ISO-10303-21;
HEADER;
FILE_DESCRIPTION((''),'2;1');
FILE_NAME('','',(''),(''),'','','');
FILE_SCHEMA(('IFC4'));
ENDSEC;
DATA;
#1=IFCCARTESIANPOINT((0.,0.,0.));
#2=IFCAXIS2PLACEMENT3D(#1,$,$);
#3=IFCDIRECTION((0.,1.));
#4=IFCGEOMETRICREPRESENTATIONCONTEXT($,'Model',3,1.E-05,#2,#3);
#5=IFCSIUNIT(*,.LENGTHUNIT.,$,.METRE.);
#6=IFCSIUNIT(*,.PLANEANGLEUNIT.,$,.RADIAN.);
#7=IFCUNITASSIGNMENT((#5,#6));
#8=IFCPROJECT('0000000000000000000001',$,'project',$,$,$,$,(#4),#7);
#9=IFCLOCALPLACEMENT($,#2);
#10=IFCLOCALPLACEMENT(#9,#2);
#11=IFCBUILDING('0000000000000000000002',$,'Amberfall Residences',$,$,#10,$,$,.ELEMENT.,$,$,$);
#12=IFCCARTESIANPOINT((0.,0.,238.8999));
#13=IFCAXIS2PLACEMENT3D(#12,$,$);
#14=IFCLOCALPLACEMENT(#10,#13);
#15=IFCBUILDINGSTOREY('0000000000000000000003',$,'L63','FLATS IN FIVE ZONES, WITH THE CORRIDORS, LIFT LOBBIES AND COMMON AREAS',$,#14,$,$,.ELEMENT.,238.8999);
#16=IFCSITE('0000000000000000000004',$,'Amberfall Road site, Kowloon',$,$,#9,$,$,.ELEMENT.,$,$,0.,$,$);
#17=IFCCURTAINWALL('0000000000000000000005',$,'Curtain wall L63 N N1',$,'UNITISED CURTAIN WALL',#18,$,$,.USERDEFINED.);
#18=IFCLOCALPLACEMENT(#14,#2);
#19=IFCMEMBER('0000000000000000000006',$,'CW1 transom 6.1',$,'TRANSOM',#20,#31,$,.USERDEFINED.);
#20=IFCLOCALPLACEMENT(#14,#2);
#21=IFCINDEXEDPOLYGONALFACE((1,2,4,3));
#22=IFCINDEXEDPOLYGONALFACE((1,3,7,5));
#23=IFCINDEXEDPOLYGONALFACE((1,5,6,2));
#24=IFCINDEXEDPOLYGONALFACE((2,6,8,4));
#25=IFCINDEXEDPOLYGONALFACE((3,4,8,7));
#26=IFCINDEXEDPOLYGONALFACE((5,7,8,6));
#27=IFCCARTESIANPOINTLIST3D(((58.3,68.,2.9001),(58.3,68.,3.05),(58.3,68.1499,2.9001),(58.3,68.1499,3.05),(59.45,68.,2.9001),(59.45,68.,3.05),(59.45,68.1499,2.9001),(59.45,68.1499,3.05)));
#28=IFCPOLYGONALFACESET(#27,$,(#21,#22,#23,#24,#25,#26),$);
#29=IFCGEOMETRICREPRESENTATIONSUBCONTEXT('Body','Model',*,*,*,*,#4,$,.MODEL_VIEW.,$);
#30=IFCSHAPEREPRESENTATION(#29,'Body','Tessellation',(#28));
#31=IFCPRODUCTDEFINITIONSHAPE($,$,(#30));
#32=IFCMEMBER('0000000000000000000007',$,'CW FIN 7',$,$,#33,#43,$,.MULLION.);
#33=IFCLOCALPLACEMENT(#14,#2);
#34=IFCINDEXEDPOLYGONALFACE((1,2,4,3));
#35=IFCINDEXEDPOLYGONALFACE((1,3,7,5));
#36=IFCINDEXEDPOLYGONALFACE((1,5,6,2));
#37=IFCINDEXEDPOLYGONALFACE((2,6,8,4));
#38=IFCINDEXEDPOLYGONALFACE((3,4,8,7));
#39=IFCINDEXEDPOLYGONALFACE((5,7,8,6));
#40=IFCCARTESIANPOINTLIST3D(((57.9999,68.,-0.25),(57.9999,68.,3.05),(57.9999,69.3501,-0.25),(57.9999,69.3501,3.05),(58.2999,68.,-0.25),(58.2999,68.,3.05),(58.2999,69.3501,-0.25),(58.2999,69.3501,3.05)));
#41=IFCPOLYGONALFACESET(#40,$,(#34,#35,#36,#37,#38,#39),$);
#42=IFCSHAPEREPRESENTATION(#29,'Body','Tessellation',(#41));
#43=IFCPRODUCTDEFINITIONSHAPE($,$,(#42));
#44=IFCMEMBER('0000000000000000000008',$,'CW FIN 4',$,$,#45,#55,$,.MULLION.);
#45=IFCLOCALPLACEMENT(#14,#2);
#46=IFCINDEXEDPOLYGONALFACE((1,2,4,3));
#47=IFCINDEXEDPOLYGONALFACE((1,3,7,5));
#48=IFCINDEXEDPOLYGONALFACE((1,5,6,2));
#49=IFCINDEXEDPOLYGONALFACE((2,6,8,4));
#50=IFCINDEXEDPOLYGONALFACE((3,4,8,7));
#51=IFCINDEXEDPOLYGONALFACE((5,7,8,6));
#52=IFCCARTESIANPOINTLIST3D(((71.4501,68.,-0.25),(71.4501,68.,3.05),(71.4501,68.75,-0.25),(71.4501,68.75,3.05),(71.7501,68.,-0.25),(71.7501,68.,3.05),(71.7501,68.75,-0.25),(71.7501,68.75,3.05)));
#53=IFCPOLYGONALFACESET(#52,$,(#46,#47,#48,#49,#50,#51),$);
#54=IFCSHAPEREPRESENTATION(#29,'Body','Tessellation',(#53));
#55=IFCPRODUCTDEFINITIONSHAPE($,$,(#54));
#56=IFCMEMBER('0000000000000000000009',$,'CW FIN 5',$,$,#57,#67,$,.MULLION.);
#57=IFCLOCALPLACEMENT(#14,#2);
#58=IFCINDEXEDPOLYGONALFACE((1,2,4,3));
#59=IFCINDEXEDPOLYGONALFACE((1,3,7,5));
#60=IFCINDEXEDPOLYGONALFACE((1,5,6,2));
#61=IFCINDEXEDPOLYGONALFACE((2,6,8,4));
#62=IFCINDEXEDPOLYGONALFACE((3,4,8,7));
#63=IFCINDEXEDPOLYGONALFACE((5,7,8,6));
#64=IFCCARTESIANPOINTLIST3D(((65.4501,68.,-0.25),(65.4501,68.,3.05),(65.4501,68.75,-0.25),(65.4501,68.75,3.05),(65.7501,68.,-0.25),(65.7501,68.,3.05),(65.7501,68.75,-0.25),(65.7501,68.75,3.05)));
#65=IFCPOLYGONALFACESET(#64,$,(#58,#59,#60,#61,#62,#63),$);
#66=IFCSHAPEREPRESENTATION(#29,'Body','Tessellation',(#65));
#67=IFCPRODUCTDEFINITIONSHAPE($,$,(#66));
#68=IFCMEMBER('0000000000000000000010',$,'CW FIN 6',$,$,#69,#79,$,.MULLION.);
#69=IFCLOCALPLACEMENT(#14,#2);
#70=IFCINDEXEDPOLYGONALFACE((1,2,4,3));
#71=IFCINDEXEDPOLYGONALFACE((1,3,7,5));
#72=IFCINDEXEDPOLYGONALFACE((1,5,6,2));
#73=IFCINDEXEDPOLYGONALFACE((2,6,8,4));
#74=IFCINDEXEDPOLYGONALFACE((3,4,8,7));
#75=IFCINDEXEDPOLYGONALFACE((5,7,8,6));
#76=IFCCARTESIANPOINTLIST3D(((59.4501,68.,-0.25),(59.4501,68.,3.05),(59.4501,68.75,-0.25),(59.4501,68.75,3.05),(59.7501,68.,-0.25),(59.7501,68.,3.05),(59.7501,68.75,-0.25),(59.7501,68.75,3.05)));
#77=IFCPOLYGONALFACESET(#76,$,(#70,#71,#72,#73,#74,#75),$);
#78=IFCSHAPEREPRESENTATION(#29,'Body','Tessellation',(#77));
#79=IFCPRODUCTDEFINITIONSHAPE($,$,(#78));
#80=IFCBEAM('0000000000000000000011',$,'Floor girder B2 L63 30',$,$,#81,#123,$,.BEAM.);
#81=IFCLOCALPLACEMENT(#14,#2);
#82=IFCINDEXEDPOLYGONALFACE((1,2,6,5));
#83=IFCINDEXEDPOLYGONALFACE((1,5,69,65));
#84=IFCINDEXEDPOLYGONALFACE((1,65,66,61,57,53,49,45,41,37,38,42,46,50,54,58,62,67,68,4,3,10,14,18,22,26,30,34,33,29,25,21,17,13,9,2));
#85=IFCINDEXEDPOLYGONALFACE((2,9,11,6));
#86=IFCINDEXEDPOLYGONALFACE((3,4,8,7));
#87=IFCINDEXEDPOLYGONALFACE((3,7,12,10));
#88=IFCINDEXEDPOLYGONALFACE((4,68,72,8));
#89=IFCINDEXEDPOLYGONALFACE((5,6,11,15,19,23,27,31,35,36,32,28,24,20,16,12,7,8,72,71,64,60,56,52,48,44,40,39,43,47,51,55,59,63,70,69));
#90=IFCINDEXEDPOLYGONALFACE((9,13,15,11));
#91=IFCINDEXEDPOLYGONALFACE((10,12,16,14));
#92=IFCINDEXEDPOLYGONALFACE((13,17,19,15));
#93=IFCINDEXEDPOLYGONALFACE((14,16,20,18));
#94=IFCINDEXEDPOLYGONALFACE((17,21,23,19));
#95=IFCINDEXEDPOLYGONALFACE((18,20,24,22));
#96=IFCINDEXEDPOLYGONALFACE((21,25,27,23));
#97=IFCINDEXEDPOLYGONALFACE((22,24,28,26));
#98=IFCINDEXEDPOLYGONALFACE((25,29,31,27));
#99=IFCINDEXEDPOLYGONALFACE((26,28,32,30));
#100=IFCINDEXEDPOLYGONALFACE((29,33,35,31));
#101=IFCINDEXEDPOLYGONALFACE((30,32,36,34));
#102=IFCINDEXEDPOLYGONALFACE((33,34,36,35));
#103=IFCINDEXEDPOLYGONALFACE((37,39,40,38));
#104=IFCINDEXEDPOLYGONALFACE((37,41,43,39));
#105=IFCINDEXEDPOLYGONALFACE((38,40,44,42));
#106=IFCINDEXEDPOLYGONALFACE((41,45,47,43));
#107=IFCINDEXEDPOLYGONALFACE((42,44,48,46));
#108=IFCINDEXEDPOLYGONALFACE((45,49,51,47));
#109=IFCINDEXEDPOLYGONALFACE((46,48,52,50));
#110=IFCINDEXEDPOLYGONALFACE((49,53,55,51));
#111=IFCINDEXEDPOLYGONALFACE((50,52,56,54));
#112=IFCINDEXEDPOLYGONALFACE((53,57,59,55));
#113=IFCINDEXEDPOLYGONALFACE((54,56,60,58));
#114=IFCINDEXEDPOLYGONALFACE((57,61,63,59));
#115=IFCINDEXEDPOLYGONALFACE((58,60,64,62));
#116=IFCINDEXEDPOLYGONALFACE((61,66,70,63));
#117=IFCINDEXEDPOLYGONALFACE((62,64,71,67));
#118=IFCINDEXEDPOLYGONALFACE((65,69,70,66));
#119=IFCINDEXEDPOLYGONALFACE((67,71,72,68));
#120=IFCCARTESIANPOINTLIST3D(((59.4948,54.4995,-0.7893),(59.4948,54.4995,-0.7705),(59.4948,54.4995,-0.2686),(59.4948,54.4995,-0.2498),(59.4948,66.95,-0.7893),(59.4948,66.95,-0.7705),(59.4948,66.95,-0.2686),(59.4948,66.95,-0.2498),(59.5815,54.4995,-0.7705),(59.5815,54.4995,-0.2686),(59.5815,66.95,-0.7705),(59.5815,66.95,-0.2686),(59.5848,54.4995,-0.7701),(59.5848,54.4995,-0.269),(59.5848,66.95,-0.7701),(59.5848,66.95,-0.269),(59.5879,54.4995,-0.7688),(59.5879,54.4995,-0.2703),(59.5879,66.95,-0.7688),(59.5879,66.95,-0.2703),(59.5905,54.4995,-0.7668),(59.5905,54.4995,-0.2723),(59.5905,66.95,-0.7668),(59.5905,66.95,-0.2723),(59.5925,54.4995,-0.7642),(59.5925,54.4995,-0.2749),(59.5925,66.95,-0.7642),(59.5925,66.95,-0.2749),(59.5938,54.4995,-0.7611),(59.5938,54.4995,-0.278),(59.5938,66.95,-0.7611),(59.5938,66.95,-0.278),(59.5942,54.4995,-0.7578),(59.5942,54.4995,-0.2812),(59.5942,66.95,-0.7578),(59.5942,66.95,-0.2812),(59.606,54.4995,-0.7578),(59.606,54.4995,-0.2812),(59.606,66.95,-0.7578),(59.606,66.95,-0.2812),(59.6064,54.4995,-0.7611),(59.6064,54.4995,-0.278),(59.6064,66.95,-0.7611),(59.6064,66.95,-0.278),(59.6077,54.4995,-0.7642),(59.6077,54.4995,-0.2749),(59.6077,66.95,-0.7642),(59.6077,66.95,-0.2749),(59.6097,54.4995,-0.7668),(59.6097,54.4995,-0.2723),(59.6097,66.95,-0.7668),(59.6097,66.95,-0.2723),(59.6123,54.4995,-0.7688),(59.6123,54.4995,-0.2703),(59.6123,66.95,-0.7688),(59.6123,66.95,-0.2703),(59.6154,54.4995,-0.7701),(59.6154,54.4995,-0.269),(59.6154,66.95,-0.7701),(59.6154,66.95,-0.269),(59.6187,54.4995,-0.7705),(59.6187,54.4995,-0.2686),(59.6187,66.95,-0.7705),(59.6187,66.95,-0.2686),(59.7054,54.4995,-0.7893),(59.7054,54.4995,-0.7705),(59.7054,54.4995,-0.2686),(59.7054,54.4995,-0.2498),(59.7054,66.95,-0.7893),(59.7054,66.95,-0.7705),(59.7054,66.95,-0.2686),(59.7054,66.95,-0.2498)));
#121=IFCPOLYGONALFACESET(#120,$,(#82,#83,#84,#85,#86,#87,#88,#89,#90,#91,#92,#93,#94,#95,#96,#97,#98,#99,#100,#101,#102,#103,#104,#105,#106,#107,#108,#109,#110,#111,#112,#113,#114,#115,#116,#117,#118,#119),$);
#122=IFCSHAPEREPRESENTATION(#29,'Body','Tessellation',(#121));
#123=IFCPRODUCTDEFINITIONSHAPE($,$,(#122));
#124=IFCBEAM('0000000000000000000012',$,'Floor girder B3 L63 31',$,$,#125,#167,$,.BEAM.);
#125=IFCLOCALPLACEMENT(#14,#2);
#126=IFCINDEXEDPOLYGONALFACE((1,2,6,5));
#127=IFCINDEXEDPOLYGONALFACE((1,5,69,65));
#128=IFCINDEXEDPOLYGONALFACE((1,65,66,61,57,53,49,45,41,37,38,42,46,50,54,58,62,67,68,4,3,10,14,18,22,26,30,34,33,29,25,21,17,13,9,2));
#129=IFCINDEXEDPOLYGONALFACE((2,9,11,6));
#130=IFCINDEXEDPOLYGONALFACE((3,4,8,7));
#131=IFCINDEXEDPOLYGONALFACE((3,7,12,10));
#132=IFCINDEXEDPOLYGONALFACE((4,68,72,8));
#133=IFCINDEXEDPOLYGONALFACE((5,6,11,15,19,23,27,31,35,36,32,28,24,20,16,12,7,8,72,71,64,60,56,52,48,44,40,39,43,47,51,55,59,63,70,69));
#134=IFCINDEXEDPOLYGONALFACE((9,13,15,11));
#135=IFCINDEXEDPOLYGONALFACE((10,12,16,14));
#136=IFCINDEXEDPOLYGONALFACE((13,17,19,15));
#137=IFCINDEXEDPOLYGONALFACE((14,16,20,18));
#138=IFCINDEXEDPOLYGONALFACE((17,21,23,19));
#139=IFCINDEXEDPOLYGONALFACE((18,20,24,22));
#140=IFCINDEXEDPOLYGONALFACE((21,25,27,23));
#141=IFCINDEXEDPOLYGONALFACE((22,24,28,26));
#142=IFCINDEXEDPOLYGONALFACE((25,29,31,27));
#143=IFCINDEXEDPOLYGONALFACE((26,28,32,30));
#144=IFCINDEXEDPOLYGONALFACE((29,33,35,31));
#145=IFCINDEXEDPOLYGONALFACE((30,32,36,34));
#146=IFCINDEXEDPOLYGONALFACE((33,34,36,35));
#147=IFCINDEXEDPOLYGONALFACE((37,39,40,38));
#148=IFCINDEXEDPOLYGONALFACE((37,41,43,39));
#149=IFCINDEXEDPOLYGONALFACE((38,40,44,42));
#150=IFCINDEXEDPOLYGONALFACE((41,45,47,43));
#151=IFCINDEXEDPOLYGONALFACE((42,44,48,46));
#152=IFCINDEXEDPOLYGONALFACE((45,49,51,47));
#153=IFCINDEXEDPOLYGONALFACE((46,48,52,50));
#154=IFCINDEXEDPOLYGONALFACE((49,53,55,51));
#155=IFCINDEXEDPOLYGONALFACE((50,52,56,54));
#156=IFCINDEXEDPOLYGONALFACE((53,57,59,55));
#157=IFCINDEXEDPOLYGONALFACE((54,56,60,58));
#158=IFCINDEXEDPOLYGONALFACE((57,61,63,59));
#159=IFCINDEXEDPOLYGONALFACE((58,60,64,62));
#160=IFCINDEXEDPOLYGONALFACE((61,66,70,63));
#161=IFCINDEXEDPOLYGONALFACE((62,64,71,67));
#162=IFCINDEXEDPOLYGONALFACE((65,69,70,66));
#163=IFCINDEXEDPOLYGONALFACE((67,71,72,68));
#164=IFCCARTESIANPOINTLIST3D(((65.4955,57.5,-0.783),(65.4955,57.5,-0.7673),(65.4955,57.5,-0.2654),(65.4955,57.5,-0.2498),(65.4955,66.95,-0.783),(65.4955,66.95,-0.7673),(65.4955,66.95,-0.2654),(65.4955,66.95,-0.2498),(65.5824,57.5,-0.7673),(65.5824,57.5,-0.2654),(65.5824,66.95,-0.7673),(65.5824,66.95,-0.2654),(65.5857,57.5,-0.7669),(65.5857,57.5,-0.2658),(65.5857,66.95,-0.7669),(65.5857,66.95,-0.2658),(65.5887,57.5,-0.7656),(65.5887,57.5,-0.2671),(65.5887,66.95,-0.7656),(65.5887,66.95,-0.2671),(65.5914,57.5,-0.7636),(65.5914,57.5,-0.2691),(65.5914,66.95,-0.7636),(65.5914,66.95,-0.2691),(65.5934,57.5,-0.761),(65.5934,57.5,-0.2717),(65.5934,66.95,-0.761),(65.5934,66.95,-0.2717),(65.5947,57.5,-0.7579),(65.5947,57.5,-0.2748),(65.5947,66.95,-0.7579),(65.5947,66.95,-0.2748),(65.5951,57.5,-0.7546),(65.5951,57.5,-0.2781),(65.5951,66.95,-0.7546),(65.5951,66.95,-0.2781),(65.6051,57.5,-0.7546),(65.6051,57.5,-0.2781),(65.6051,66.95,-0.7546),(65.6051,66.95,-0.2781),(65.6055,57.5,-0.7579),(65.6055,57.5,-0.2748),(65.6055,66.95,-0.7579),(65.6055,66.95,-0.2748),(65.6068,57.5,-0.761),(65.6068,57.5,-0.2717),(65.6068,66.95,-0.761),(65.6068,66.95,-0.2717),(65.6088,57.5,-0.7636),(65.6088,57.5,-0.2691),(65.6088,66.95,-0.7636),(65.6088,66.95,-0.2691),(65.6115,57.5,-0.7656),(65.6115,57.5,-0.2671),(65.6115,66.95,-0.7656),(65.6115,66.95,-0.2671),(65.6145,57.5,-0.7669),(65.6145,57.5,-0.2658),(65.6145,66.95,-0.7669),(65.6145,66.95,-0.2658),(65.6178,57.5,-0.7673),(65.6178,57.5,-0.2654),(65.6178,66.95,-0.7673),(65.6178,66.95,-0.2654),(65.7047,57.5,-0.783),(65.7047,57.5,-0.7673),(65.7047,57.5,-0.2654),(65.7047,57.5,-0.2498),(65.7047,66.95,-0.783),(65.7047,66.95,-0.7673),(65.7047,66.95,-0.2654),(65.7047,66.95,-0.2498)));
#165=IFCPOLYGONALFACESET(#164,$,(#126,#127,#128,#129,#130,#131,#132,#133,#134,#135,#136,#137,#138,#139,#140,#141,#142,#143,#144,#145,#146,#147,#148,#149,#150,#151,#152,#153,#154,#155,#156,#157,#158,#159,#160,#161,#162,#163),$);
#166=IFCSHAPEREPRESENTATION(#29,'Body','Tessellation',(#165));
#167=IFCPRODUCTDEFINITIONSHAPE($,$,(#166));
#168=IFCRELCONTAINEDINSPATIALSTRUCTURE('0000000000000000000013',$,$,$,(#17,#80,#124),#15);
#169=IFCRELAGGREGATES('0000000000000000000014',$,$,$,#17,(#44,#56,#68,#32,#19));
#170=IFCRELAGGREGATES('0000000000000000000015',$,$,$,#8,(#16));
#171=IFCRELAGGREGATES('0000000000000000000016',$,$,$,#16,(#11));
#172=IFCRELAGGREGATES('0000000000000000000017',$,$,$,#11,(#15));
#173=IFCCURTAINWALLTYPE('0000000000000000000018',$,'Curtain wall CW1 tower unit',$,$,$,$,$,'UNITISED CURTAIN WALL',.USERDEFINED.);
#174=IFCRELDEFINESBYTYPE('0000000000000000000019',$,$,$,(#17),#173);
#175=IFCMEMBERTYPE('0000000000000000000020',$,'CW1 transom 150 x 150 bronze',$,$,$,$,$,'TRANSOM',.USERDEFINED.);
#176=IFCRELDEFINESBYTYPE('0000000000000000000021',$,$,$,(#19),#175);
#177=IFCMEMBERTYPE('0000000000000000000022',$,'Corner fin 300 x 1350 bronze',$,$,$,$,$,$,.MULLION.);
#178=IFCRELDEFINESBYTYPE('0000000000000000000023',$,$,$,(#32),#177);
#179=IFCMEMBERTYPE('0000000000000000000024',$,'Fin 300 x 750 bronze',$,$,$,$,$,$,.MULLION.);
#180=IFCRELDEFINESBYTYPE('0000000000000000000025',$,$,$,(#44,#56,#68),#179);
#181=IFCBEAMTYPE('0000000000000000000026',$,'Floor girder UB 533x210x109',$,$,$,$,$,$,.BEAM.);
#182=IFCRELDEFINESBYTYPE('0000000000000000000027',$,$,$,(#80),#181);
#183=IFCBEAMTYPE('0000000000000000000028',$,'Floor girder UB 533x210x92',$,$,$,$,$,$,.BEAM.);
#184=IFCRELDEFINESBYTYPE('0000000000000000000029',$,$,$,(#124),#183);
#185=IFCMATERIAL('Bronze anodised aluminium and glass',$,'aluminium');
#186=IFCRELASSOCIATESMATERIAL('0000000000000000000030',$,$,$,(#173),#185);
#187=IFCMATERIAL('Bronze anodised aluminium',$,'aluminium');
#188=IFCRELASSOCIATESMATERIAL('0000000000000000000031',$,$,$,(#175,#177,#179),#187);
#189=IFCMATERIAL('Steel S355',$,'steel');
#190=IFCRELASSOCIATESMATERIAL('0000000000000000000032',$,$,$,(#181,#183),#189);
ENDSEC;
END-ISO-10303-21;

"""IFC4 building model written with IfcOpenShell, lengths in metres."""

from ifc_helpers import new_model, si_unit, direction, frame, origin, origin_2d, place, context, subcontext, project, spatial, rectangle, i_section, extrude, material, material_profile, profile_set, type_object, element, aggregate, save


model = new_model("IFC4")

# Units and contexts
model_context = context("Model", 3, precision=1e-05, world=origin(), true_north=direction((0.0, 1.0)))
body_context = subcontext(model_context, "Body", "Model", "MODEL_VIEW")
ifc_project = project(units=[si_unit("LENGTHUNIT", "METRE"), si_unit("PLANEANGLEUNIT", "RADIAN")], contexts=[model_context])

# Site, building, storey
site_placement = place(None, origin())
site = spatial("IfcSite", under=ifc_project, at=site_placement, Name="Amberfall Road site, Kowloon", CompositionType="ELEMENT", RefElevation=0.0)
building_placement = place(site_placement, origin())
building = spatial("IfcBuilding", under=site, at=building_placement, Name="Amberfall Residences", CompositionType="ELEMENT")
storey_placement = place(building_placement, frame((0.0, 0.0, 238.8999)))
storey = spatial("IfcBuildingStorey", under=building, at=storey_placement, Name="L63", Description="FLATS IN FIVE ZONES, WITH THE CORRIDORS, LIFT LOBBIES AND COMMON AREAS", CompositionType="ELEMENT", Elevation=238.8999)

# Shared definitions
ifc_material_1 = material(Name="Steel S355", Category="steel")

# Curtain wall, members
ifc_material_2 = material(Name="Bronze anodised aluminium and glass", Category="aluminium")
curtain_wall_type = type_object("IfcCurtainWallType", Name="Curtain wall CW1 tower unit", ElementType="UNITISED CURTAIN WALL", PredefinedType="USERDEFINED", material=ifc_material_2)
curtain_wall_placement = place(storey_placement, origin())
curtain_wall = element("IfcCurtainWall", 1, at=curtain_wall_placement, inside=storey, type_object=curtain_wall_type, Name="Curtain wall L63 N N1", ObjectType="UNITISED CURTAIN WALL", PredefinedType="USERDEFINED")
ifc_material_3 = material(Name="Bronze anodised aluminium", Category="aluminium")
ifc_material_profile_1 = material_profile(ifc_material_3, rectangle(XDim=0.1499, YDim=0.1499, at=origin_2d()), Name="CW1 transom 150 x 150 bronze")
ifc_profile_set_1 = profile_set([ifc_material_profile_1], Name="Bronze anodised aluminium")
member_type_1 = type_object("IfcMemberType", Name="CW1 transom 150 x 150 bronze", ElementType="TRANSOM", PredefinedType="USERDEFINED", material=ifc_profile_set_1)
member_1_placement = place(storey_placement, frame((59.45, 68.075, 2.9751), z_axis=(-1.0, 0.0, 0.0), x_axis=(0.0, -1.0, 0.0)))
member_1 = element("IfcMember", 2, at=member_1_placement, type_object=member_type_1, Name="CW1 transom 6.1", ObjectType="TRANSOM", PredefinedType="USERDEFINED", context=body_context, shape_type="SweptSolid", body=[
    extrude(rectangle(XDim=0.1499, YDim=0.1499, at=origin_2d()), origin(), (0.0, 0.0, 1.0), 1.1499),
])
ifc_material_profile_2 = material_profile(ifc_material_3, rectangle(XDim=1.3501, YDim=0.3, at=origin_2d()), Name="Corner fin 300 x 1350 bronze")
ifc_profile_set_2 = profile_set([ifc_material_profile_2], Name="Bronze anodised aluminium")
member_type_2 = type_object("IfcMemberType", Name="Corner fin 300 x 1350 bronze", PredefinedType="MULLION", material=ifc_profile_set_2)
member_2_placement = place(storey_placement, frame((58.1499, 68.675, -0.25), z_axis=(0.0, 0.0, 1.0), x_axis=(0.0, -1.0, 0.0)))
member_2 = element("IfcMember", 3, at=member_2_placement, type_object=member_type_2, Name="CW FIN 7", PredefinedType="MULLION", context=body_context, shape_type="SweptSolid", body=[
    extrude(rectangle(XDim=1.3501, YDim=0.3, at=origin_2d()), origin(), (0.0, 0.0, 1.0), 3.3),
])
ifc_material_profile_3 = material_profile(ifc_material_3, rectangle(XDim=0.75, YDim=0.3, at=origin_2d()), Name="Fin 300 x 750 bronze")
ifc_profile_set_3 = profile_set([ifc_material_profile_3], Name="Bronze anodised aluminium")
member_type_3 = type_object("IfcMemberType", Name="Fin 300 x 750 bronze", PredefinedType="MULLION", material=ifc_profile_set_3)
member_3_placement = place(storey_placement, frame((71.6001, 68.375, -0.25), z_axis=(0.0, 0.0, 1.0), x_axis=(0.0, -1.0, 0.0)))
member_3 = element("IfcMember", 4, at=member_3_placement, type_object=member_type_3, Name="CW FIN 4", PredefinedType="MULLION", context=body_context, shape_type="SweptSolid", body=[
    extrude(rectangle(XDim=0.75, YDim=0.3, at=origin_2d()), origin(), (0.0, 0.0, 1.0), 3.3),
])
member_4_placement = place(storey_placement, frame((65.6001, 68.375, -0.25), z_axis=(0.0, 0.0, 1.0), x_axis=(0.0, -1.0, 0.0)))
member_4 = element("IfcMember", 5, at=member_4_placement, type_object=member_type_3, Name="CW FIN 5", PredefinedType="MULLION", context=body_context, shape_type="SweptSolid", body=[
    extrude(rectangle(XDim=0.75, YDim=0.3, at=origin_2d()), origin(), (0.0, 0.0, 1.0), 3.3),
])
member_5_placement = place(storey_placement, frame((59.6001, 68.375, -0.25), z_axis=(0.0, 0.0, 1.0), x_axis=(0.0, -1.0, 0.0)))
member_5 = element("IfcMember", 6, at=member_5_placement, type_object=member_type_3, Name="CW FIN 6", PredefinedType="MULLION", context=body_context, shape_type="SweptSolid", body=[
    extrude(rectangle(XDim=0.75, YDim=0.3, at=origin_2d()), origin(), (0.0, 0.0, 1.0), 3.3),
])

# Beams
ifc_material_profile_4 = material_profile(ifc_material_1, i_section(OverallWidth=0.2107, OverallDepth=0.5396, WebThickness=0.0117, FlangeThickness=0.0188, FilletRadius=0.0127, at=origin_2d()), Name="UB 533x210x109")
ifc_profile_set_4 = profile_set([ifc_material_profile_4], Name="Steel S355")
beam_type_1 = type_object("IfcBeamType", Name="Floor girder UB 533x210x109", PredefinedType="BEAM", material=ifc_profile_set_4)
beam_1_placement = place(storey_placement, frame((59.6001, 66.95, -0.5195), z_axis=(0.0, -1.0, 0.0), x_axis=(1.0, 0.0, 0.0)))
element("IfcBeam", 7, at=beam_1_placement, inside=storey, type_object=beam_type_1, Name="Floor girder B2 L63 30", PredefinedType="BEAM", context=body_context, shape_type="SweptSolid", body=[
    extrude(i_section(OverallWidth=0.2107, OverallDepth=0.5396, WebThickness=0.0117, FlangeThickness=0.0188, FilletRadius=0.0127, at=origin_2d()), origin(), (0.0, 0.0, 1.0), 12.4504),
])
ifc_material_profile_5 = material_profile(ifc_material_1, i_section(OverallWidth=0.2092, OverallDepth=0.5332, WebThickness=0.01, FlangeThickness=0.0156, FilletRadius=0.0127, at=origin_2d()), Name="UB 533x210x92")
ifc_profile_set_5 = profile_set([ifc_material_profile_5], Name="Steel S355")
beam_type_2 = type_object("IfcBeamType", Name="Floor girder UB 533x210x92", PredefinedType="BEAM", material=ifc_profile_set_5)
beam_2_placement = place(storey_placement, frame((65.6001, 66.95, -0.5164), z_axis=(0.0, -1.0, 0.0), x_axis=(1.0, 0.0, 0.0)))
element("IfcBeam", 8, at=beam_2_placement, inside=storey, type_object=beam_type_2, Name="Floor girder B3 L63 31", PredefinedType="BEAM", context=body_context, shape_type="SweptSolid", body=[
    extrude(i_section(OverallWidth=0.2092, OverallDepth=0.5332, WebThickness=0.01, FlangeThickness=0.0156, FilletRadius=0.0127, at=origin_2d()), origin(), (0.0, 0.0, 1.0), 9.45),
])

aggregate(curtain_wall, [member_3, member_4, member_5, member_2, member_1])

save(model, "model.ifc")
